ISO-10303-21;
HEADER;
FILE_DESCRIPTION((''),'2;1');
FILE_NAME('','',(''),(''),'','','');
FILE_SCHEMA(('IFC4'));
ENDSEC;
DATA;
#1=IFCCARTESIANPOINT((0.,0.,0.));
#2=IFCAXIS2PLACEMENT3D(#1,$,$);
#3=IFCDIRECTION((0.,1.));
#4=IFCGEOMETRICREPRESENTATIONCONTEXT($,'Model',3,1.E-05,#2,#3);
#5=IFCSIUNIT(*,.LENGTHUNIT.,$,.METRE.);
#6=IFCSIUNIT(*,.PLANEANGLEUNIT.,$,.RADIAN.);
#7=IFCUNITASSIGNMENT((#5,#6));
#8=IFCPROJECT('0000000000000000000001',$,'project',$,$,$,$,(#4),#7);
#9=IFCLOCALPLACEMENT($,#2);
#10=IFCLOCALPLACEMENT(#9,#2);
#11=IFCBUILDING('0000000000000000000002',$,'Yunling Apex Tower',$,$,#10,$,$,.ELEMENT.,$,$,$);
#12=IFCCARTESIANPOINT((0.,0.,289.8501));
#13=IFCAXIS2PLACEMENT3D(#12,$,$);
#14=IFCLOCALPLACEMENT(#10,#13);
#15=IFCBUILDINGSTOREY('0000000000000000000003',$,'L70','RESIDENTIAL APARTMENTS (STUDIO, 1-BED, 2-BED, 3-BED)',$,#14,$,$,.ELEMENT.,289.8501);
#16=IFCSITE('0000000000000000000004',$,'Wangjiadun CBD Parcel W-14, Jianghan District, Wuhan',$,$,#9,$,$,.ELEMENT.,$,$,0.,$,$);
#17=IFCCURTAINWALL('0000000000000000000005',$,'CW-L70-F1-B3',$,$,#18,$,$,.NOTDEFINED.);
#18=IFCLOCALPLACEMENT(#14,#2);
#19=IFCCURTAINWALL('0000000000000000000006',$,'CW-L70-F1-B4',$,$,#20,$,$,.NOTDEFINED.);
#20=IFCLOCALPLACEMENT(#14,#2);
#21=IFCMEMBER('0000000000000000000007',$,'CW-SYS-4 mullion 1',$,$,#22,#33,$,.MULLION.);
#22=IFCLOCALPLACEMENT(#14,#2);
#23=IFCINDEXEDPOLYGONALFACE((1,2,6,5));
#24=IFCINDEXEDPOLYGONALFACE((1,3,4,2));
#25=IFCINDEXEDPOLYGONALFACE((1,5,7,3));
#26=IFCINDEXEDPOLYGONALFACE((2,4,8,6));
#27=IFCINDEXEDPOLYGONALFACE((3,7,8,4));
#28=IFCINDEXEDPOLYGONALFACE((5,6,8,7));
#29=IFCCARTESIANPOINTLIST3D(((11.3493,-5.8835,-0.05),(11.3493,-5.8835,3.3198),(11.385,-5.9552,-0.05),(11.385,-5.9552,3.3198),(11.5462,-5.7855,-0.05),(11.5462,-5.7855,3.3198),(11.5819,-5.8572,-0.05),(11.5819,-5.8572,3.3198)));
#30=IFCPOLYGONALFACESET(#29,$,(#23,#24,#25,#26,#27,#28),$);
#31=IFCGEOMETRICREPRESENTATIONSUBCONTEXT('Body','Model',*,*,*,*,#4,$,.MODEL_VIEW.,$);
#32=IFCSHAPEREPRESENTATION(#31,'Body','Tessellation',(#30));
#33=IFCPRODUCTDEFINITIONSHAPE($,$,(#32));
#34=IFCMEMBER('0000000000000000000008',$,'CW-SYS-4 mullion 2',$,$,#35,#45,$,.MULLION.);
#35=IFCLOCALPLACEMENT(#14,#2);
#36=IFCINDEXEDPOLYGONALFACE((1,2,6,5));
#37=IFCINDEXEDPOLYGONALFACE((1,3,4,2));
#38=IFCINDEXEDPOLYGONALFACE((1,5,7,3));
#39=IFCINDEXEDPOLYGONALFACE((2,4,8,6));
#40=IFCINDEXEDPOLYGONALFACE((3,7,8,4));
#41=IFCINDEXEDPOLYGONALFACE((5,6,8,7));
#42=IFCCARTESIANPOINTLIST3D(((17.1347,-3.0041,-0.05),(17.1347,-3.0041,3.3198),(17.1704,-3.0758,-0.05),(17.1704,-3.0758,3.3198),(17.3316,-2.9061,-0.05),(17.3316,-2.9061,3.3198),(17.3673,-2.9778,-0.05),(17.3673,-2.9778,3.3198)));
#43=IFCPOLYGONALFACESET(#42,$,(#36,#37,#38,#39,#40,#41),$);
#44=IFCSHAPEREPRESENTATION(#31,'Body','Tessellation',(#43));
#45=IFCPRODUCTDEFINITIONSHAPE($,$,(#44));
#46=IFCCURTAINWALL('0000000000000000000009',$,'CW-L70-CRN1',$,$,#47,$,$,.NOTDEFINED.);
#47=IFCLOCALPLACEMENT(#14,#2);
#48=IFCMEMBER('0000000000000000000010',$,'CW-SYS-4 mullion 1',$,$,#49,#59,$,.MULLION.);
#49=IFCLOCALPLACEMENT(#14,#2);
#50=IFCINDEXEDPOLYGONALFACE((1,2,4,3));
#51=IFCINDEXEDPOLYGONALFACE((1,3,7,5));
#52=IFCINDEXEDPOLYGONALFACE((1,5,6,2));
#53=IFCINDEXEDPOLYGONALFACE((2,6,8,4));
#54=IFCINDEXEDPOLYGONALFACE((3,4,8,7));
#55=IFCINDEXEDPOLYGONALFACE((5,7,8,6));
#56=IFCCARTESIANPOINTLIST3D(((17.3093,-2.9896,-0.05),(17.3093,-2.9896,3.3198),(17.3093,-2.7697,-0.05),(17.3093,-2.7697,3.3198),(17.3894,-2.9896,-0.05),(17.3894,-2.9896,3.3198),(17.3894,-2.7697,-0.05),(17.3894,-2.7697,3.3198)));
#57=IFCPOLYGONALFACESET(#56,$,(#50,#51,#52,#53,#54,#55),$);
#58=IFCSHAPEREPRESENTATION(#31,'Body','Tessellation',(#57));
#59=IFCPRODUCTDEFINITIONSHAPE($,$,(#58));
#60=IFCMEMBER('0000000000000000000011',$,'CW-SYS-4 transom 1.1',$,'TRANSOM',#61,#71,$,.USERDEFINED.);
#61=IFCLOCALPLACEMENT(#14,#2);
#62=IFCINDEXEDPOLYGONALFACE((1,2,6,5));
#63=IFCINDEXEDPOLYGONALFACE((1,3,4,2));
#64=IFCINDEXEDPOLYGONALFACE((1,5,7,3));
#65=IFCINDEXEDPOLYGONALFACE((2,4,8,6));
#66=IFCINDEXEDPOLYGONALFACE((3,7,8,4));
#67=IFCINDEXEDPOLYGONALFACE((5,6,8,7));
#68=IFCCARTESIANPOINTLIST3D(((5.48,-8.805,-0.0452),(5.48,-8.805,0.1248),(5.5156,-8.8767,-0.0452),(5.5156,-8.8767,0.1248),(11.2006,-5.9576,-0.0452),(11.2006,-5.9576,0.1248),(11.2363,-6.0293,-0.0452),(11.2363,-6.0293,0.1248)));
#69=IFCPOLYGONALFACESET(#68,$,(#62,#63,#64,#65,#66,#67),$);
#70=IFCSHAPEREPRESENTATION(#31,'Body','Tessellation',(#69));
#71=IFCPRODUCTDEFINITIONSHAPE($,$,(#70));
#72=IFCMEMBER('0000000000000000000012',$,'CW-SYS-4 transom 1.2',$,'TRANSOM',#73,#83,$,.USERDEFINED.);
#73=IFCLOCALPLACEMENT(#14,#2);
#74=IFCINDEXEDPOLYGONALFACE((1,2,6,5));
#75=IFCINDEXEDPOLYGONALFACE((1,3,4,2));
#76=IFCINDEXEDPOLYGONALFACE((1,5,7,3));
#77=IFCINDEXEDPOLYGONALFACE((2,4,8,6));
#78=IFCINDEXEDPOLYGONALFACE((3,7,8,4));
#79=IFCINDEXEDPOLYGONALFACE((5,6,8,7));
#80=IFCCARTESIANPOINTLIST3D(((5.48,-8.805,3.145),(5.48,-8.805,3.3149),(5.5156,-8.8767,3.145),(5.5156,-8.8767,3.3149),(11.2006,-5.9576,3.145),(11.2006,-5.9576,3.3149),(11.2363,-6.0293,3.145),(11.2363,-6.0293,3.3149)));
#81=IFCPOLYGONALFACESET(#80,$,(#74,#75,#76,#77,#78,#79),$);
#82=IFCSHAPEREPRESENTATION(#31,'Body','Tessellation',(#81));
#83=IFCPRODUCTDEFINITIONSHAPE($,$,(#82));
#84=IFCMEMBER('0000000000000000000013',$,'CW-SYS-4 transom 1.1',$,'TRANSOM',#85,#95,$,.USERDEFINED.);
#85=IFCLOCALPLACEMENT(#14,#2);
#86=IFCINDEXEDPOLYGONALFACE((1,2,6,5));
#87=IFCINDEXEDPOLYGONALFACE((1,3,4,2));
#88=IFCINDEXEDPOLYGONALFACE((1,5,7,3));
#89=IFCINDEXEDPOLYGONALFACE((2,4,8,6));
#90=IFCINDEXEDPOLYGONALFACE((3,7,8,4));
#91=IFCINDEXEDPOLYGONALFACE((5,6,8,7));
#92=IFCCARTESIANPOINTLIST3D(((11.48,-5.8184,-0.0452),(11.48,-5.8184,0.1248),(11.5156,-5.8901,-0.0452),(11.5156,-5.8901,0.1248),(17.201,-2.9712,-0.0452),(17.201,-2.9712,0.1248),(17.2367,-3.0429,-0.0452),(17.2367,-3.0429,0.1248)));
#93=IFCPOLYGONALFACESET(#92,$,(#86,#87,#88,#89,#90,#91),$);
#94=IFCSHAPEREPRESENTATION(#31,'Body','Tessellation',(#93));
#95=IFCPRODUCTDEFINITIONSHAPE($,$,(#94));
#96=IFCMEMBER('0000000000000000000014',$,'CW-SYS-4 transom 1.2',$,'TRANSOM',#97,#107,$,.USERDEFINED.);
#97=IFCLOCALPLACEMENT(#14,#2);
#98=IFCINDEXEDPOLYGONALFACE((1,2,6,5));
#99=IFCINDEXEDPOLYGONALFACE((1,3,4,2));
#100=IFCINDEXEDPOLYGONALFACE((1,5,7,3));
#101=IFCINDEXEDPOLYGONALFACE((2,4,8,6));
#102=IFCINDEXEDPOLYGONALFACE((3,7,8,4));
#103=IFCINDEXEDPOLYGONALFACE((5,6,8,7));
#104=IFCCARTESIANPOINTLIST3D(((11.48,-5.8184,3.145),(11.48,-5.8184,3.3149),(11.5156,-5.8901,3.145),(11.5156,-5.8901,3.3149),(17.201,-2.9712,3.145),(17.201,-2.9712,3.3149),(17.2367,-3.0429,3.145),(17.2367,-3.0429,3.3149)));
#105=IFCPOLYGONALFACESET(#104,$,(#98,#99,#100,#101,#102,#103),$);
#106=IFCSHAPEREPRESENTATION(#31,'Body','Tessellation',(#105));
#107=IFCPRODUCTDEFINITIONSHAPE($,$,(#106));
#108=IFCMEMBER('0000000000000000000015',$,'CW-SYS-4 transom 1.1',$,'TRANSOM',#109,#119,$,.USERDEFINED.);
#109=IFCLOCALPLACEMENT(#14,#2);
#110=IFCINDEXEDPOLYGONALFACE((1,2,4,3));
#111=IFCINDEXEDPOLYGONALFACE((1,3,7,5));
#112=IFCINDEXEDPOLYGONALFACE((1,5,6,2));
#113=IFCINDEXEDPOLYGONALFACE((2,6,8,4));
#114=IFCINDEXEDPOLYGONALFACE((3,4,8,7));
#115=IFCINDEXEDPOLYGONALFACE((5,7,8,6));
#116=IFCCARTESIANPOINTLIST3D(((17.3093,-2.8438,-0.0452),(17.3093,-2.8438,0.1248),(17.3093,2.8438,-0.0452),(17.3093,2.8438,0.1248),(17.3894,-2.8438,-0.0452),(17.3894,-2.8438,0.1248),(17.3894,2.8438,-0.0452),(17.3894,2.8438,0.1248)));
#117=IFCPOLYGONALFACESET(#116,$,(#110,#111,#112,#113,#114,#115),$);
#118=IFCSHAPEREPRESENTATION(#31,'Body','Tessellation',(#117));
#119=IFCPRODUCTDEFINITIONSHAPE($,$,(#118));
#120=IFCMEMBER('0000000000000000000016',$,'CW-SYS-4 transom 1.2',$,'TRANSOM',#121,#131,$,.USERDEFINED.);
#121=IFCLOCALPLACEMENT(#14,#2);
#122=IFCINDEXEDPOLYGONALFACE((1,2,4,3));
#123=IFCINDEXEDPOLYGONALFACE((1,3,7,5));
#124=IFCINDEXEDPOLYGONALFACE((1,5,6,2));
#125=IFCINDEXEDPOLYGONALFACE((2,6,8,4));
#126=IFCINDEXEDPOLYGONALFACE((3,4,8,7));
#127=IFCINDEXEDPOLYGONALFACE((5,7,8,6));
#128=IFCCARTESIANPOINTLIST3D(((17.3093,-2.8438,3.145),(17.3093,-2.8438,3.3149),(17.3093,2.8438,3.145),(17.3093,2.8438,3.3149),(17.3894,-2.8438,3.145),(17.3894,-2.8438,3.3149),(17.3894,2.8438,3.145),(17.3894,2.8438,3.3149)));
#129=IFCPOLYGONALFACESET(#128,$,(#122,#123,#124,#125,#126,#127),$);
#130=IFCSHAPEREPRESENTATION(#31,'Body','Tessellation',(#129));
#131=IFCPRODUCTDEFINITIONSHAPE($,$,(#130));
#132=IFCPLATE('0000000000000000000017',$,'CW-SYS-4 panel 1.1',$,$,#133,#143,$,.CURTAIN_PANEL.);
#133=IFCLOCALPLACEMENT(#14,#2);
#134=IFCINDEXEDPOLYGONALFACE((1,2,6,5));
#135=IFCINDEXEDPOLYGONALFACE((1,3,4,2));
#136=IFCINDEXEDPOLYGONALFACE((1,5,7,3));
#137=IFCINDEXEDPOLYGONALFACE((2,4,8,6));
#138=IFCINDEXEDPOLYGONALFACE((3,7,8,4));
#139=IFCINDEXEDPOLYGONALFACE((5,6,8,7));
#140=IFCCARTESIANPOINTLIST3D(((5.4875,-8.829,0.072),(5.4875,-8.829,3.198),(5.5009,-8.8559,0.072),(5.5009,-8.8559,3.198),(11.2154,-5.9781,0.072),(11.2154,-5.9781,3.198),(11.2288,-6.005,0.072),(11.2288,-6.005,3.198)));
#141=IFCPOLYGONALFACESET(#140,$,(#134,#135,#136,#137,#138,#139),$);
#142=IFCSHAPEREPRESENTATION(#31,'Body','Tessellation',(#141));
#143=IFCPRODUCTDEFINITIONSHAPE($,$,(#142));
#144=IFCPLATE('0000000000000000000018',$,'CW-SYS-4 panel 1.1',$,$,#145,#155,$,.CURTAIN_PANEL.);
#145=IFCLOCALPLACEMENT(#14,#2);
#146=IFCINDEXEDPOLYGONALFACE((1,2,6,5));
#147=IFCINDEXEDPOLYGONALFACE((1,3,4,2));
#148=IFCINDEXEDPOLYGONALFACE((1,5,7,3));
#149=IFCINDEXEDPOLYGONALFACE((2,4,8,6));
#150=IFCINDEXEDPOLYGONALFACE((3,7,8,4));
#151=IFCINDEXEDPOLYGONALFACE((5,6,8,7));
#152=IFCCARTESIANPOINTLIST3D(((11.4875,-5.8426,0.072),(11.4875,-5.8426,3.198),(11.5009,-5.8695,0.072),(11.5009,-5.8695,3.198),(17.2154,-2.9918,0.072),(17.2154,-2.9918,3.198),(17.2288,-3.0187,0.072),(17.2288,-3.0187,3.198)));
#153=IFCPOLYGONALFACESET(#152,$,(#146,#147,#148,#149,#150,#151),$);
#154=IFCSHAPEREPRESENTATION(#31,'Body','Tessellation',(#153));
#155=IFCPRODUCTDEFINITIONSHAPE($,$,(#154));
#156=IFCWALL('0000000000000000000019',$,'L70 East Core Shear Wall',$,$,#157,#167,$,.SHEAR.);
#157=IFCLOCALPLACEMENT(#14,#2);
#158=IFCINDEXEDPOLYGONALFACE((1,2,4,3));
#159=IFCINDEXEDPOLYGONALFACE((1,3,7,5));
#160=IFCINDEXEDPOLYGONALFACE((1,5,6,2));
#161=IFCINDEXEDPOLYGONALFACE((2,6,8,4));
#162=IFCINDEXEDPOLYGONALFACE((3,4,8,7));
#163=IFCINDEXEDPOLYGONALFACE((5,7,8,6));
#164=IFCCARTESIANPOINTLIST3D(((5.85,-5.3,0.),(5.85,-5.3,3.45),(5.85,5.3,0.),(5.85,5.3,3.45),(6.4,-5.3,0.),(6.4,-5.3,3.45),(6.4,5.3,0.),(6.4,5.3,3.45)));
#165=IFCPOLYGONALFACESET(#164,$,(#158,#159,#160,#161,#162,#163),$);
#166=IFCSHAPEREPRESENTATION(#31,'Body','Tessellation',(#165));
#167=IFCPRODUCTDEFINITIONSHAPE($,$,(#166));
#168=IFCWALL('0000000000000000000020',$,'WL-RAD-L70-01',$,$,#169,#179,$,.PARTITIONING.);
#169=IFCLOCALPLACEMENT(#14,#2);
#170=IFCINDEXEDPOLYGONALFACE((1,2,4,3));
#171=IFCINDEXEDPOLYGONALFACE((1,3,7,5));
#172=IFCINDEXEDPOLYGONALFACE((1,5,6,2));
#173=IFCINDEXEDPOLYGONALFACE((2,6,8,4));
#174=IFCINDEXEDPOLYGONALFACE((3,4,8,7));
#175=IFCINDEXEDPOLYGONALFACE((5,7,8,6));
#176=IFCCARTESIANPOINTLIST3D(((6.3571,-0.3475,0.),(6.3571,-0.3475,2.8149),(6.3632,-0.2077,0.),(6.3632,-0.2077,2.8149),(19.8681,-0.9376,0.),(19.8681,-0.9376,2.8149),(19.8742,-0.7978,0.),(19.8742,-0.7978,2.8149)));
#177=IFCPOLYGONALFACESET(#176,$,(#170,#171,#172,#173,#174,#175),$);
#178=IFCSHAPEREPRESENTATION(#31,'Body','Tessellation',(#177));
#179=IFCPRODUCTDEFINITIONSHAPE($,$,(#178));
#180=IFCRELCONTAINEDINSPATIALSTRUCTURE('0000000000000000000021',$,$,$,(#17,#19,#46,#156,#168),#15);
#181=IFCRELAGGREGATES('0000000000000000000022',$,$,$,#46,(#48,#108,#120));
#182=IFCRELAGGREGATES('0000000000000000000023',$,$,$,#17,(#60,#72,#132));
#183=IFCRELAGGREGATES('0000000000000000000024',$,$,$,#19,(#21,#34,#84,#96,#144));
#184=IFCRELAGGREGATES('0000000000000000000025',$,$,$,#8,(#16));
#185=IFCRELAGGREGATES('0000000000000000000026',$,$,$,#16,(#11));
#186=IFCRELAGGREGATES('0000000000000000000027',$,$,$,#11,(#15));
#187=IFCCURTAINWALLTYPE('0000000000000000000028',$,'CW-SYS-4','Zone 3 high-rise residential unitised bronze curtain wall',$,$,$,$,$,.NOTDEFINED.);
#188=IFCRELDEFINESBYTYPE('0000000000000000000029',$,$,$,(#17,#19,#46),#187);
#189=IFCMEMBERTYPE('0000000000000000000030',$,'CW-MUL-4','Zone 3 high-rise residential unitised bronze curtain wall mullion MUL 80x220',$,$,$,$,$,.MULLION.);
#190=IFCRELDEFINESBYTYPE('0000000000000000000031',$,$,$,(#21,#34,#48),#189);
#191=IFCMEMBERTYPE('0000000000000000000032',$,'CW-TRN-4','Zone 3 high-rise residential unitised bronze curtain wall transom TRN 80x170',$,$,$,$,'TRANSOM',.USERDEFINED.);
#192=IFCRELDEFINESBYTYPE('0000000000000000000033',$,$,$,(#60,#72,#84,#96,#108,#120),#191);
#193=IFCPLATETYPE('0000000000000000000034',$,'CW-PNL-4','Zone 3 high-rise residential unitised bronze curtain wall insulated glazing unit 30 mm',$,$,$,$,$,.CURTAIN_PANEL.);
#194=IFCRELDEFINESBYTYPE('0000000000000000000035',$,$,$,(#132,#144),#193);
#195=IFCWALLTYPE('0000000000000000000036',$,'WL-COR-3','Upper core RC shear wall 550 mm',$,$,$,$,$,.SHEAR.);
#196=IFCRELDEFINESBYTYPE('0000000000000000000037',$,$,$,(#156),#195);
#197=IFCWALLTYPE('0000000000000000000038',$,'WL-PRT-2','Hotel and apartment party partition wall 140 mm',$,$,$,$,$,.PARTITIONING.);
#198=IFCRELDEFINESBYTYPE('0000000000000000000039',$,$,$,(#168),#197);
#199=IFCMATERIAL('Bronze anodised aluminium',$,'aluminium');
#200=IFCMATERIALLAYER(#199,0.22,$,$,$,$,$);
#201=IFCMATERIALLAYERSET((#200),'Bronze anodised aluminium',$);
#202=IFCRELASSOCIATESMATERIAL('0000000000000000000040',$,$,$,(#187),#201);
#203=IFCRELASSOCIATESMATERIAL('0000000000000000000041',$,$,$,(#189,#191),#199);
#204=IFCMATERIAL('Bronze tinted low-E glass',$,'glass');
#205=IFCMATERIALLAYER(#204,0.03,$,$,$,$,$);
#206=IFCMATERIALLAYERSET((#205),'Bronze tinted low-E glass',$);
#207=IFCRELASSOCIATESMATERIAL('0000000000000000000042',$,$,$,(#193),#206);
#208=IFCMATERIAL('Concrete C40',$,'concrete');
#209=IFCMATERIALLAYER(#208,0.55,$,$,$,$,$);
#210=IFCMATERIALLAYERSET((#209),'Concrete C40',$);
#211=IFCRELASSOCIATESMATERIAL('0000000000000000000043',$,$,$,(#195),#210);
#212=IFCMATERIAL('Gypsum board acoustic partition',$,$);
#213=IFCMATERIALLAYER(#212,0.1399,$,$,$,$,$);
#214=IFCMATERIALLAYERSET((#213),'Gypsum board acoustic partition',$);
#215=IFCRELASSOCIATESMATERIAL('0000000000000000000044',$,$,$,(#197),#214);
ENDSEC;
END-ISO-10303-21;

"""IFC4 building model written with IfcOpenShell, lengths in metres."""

from ifc_helpers import new_model, si_unit, direction, frame, frame_2d, origin, origin_2d, place, context, subcontext, project, spatial, rectangle, extrude, source, transform, mapped, material, layer, layer_set, material_profile, profile_set, type_object, element, aggregate, save


model = new_model("IFC4")

# Units and contexts
model_context = context("Model", 3, precision=1e-05, world=origin(), true_north=direction((0.0, 1.0)))
body_context = subcontext(model_context, "Body", "Model", "MODEL_VIEW")
ifc_project = project(units=[si_unit("LENGTHUNIT", "METRE"), si_unit("PLANEANGLEUNIT", "RADIAN")], contexts=[model_context])

# Site, building, storey
site_placement = place(None, origin())
site = spatial("IfcSite", under=ifc_project, at=site_placement, Name="Wangjiadun CBD Parcel W-14, Jianghan District, Wuhan", CompositionType="ELEMENT", RefElevation=0.0)
building_placement = place(site_placement, origin())
building = spatial("IfcBuilding", under=site, at=building_placement, Name="Yunling Apex Tower", CompositionType="ELEMENT")
storey_placement = place(building_placement, frame((0.0, 0.0, 289.8501)))
storey = spatial("IfcBuildingStorey", under=building, at=storey_placement, Name="L70", Description="RESIDENTIAL APARTMENTS (STUDIO, 1-BED, 2-BED, 3-BED)", CompositionType="ELEMENT", Elevation=289.8501)

# Shared definitions
ifc_material_1 = material(Name="Bronze anodised aluminium", Category="aluminium")
ifc_layer_1 = layer(ifc_material_1, 0.22)
ifc_layer_set_1 = layer_set([ifc_layer_1], Name="Bronze anodised aluminium")
curtain_wall_type = type_object("IfcCurtainWallType", Name="CW-SYS-4", Description="Zone 3 high-rise residential unitised bronze curtain wall", PredefinedType="NOTDEFINED", material=ifc_layer_set_1)
ifc_material_profile_1 = material_profile(ifc_material_1, rectangle(XDim=0.0801, YDim=0.22, at=origin_2d()))
ifc_profile_set_1 = profile_set([ifc_material_profile_1], Name="Bronze anodised aluminium")
member_type_1 = type_object("IfcMemberType", Name="CW-MUL-4", Description="Zone 3 high-rise residential unitised bronze curtain wall mullion MUL 80x220", PredefinedType="MULLION", material=ifc_profile_set_1)
shared_shape_1 = source(origin(), body_context, "Body", "SweptSolid", [
    extrude(rectangle(XDim=0.0801, YDim=0.22, at=origin_2d()), origin(), (0.0, 0.0, 1.0), 3.3699),
])

# Curtain walls, members
curtain_wall_1_placement = place(storey_placement, origin())
curtain_wall_1 = element("IfcCurtainWall", 1, at=curtain_wall_1_placement, inside=storey, type_object=curtain_wall_type, Name="CW-L70-F1-B3", PredefinedType="NOTDEFINED")
curtain_wall_2_placement = place(storey_placement, origin())
curtain_wall_2 = element("IfcCurtainWall", 2, at=curtain_wall_2_placement, inside=storey, type_object=curtain_wall_type, Name="CW-L70-F1-B4", PredefinedType="NOTDEFINED")
member_1_placement = place(storey_placement, frame((11.4656, -5.8704, -0.05), z_axis=(0.0, 0.0, 1.0), x_axis=(-0.445568, 0.895248, 0.0)))
member_1 = element("IfcMember", 3, at=member_1_placement, type_object=member_type_1, Name="CW-SYS-4 mullion 1", PredefinedType="MULLION", context=body_context, shape_type="MappedRepresentation", body=[
    mapped(shared_shape_1, transform((0.0, 0.0, 0.0), scale=1.0)),
])
member_2_placement = place(storey_placement, frame((17.251, -2.991, -0.05), z_axis=(0.0, 0.0, 1.0), x_axis=(-0.445568, 0.895248, 0.0)))
member_2 = element("IfcMember", 4, at=member_2_placement, type_object=member_type_1, Name="CW-SYS-4 mullion 2", PredefinedType="MULLION", context=body_context, shape_type="MappedRepresentation", body=[
    mapped(shared_shape_1, transform((0.0, 0.0, 0.0), scale=1.0)),
])

# Curtain wall, member
curtain_wall_3_placement = place(storey_placement, origin())
curtain_wall_3 = element("IfcCurtainWall", 5, at=curtain_wall_3_placement, inside=storey, type_object=curtain_wall_type, Name="CW-L70-CRN1", PredefinedType="NOTDEFINED")
member_3_placement = place(storey_placement, frame((17.3494, -2.8796, -0.05), z_axis=(0.0, 0.0, 1.0), x_axis=(-1.0, 0.0, 0.0)))
member_3 = element("IfcMember", 6, at=member_3_placement, type_object=member_type_1, Name="CW-SYS-4 mullion 1", PredefinedType="MULLION", context=body_context, shape_type="MappedRepresentation", body=[
    mapped(shared_shape_1, transform((0.0, 0.0, 0.0), scale=1.0)),
])

# Members
ifc_material_profile_2 = material_profile(ifc_material_1, rectangle(XDim=0.0801, YDim=0.1699, at=origin_2d()))
ifc_profile_set_2 = profile_set([ifc_material_profile_2], Name="Bronze anodised aluminium")
member_type_2 = type_object("IfcMemberType", Name="CW-TRN-4", Description="Zone 3 high-rise residential unitised bronze curtain wall transom TRN 80x170", ElementType="TRANSOM", PredefinedType="USERDEFINED", material=ifc_profile_set_2)
shared_shape_2 = source(origin(), body_context, "Body", "SweptSolid", [
    extrude(rectangle(XDim=0.0801, YDim=0.1699, at=origin_2d()), origin(), (0.0, 0.0, 1.0), 6.3901),
])
member_4_placement = place(storey_placement, frame((5.4978, -8.8408, 0.0398), z_axis=(0.895236, 0.445593, 0.0), x_axis=(-0.445593, 0.895236, 0.0)))
member_4 = element("IfcMember", 7, at=member_4_placement, type_object=member_type_2, Name="CW-SYS-4 transom 1.1", ObjectType="TRANSOM", PredefinedType="USERDEFINED", context=body_context, shape_type="MappedRepresentation", body=[
    mapped(shared_shape_2, transform((0.0, 0.0, 0.0), scale=1.0)),
])
member_5_placement = place(storey_placement, frame((5.4978, -8.8408, 3.23), z_axis=(0.895236, 0.445593, 0.0), x_axis=(-0.445593, 0.895236, 0.0)))
member_5 = element("IfcMember", 8, at=member_5_placement, type_object=member_type_2, Name="CW-SYS-4 transom 1.2", ObjectType="TRANSOM", PredefinedType="USERDEFINED", context=body_context, shape_type="MappedRepresentation", body=[
    mapped(shared_shape_2, transform((0.0, 0.0, 0.0), scale=1.0)),
])
shared_shape_3 = source(origin(), body_context, "Body", "SweptSolid", [
    extrude(rectangle(XDim=0.0801, YDim=0.1699, at=origin_2d()), origin(), (0.0, 0.0, 1.0), 6.3904),
])
member_6_placement = place(storey_placement, frame((11.4978, -5.8542, 0.0398), z_axis=(0.895259, 0.445547, 0.0), x_axis=(-0.445547, 0.895259, 0.0)))
member_6 = element("IfcMember", 9, at=member_6_placement, type_object=member_type_2, Name="CW-SYS-4 transom 1.1", ObjectType="TRANSOM", PredefinedType="USERDEFINED", context=body_context, shape_type="MappedRepresentation", body=[
    mapped(shared_shape_3, transform((0.0, 0.0, 0.0), scale=1.0)),
])
member_7_placement = place(storey_placement, frame((11.4978, -5.8542, 3.23), z_axis=(0.895259, 0.445547, 0.0), x_axis=(-0.445547, 0.895259, 0.0)))
member_7 = element("IfcMember", 10, at=member_7_placement, type_object=member_type_2, Name="CW-SYS-4 transom 1.2", ObjectType="TRANSOM", PredefinedType="USERDEFINED", context=body_context, shape_type="MappedRepresentation", body=[
    mapped(shared_shape_3, transform((0.0, 0.0, 0.0), scale=1.0)),
])
shared_shape_4 = source(origin(), body_context, "Body", "SweptSolid", [
    extrude(rectangle(XDim=0.0801, YDim=0.1699, at=origin_2d()), origin(), (0.0, 0.0, 1.0), 5.6875),
])
member_8_placement = place(storey_placement, frame((17.3494, -2.8438, 0.0398), z_axis=(0.0, 1.0, 0.0), x_axis=(-1.0, 0.0, 0.0)))
member_8 = element("IfcMember", 11, at=member_8_placement, type_object=member_type_2, Name="CW-SYS-4 transom 1.1", ObjectType="TRANSOM", PredefinedType="USERDEFINED", context=body_context, shape_type="MappedRepresentation", body=[
    mapped(shared_shape_4, transform((0.0, 0.0, 0.0), scale=1.0)),
])
member_9_placement = place(storey_placement, frame((17.3494, -2.8438, 3.23), z_axis=(0.0, 1.0, 0.0), x_axis=(-1.0, 0.0, 0.0)))
member_9 = element("IfcMember", 12, at=member_9_placement, type_object=member_type_2, Name="CW-SYS-4 transom 1.2", ObjectType="TRANSOM", PredefinedType="USERDEFINED", context=body_context, shape_type="MappedRepresentation", body=[
    mapped(shared_shape_4, transform((0.0, 0.0, 0.0), scale=1.0)),
])
aggregate(curtain_wall_3, [member_3, member_8, member_9])

# Plates
ifc_material_2 = material(Name="Bronze tinted low-E glass", Category="glass")
ifc_layer_2 = layer(ifc_material_2, 0.03)
ifc_layer_set_2 = layer_set([ifc_layer_2], Name="Bronze tinted low-E glass")
plate_type = type_object("IfcPlateType", Name="CW-PNL-4", Description="Zone 3 high-rise residential unitised bronze curtain wall insulated glazing unit 30 mm", PredefinedType="CURTAIN_PANEL", material=ifc_layer_set_2)
shared_shape_5 = source(origin(), body_context, "Body", "SweptSolid", [
    extrude(rectangle(XDim=6.3982, YDim=0.03, at=origin_2d()), origin(), (0.0, 0.0, 1.0), 3.126),
])
plate_1_placement = place(storey_placement, frame((8.3582, -7.417, 0.072), z_axis=(0.0, 0.0, 1.0), x_axis=(0.895242, 0.44558, 0.0)))
plate_1 = element("IfcPlate", 13, at=plate_1_placement, type_object=plate_type, Name="CW-SYS-4 panel 1.1", PredefinedType="CURTAIN_PANEL", context=body_context, shape_type="MappedRepresentation", body=[
    mapped(shared_shape_5, transform((0.0, 0.0, 0.0), scale=1.0)),
])
aggregate(curtain_wall_1, [member_4, member_5, plate_1])
plate_2_placement = place(storey_placement, frame((14.3582, -4.4307, 0.072), z_axis=(0.0, 0.0, 1.0), x_axis=(0.895248, 0.445568, 0.0)))
plate_2 = element("IfcPlate", 14, at=plate_2_placement, type_object=plate_type, Name="CW-SYS-4 panel 1.1", PredefinedType="CURTAIN_PANEL", context=body_context, shape_type="MappedRepresentation", body=[
    mapped(shared_shape_5, transform((0.0, 0.0, 0.0), scale=1.0)),
])
aggregate(curtain_wall_2, [member_1, member_2, member_6, member_7, plate_2])

# Walls
ifc_material_3 = material(Name="Concrete C40", Category="concrete")
ifc_layer_3 = layer(ifc_material_3, 0.55)
ifc_layer_set_3 = layer_set([ifc_layer_3], Name="Concrete C40")
wall_type_1 = type_object("IfcWallType", Name="WL-COR-3", Description="Upper core RC shear wall 550 mm", PredefinedType="SHEAR", material=ifc_layer_set_3)
wall_1_placement = place(storey_placement, frame((6.125, -5.3, 0.0), z_axis=(0.0, 0.0, 1.0), x_axis=(0.0, 1.0, 0.0)))
element("IfcWall", 15, at=wall_1_placement, inside=storey, type_object=wall_type_1, Name="L70 East Core Shear Wall", PredefinedType="SHEAR", context=body_context, shape_type="SweptSolid", body=[
    extrude(rectangle(XDim=10.6001, YDim=0.55, at=frame_2d((5.3, 0.0))), origin(), (0.0, 0.0, 1.0), 3.45),
])
ifc_material_4 = material(Name="Gypsum board acoustic partition")
ifc_layer_4 = layer(ifc_material_4, 0.1399)
ifc_layer_set_4 = layer_set([ifc_layer_4], Name="Gypsum board acoustic partition")
wall_type_2 = type_object("IfcWallType", Name="WL-PRT-2", Description="Hotel and apartment party partition wall 140 mm", PredefinedType="PARTITIONING", material=ifc_layer_set_4)
wall_2_placement = place(storey_placement, frame((6.3601, -0.2776, 0.0), z_axis=(0.0, 0.0, 1.0), x_axis=(0.999048, -0.043633, 0.0)))
element("IfcWall", 16, at=wall_2_placement, inside=storey, type_object=wall_type_2, Name="WL-RAD-L70-01", PredefinedType="PARTITIONING", context=body_context, shape_type="SweptSolid", body=[
    extrude(rectangle(XDim=13.5239, YDim=0.1399, at=frame_2d((6.762, 0.0))), origin(), (0.0, 0.0, 1.0), 2.8149),
])

save(model, "model.ifc")
